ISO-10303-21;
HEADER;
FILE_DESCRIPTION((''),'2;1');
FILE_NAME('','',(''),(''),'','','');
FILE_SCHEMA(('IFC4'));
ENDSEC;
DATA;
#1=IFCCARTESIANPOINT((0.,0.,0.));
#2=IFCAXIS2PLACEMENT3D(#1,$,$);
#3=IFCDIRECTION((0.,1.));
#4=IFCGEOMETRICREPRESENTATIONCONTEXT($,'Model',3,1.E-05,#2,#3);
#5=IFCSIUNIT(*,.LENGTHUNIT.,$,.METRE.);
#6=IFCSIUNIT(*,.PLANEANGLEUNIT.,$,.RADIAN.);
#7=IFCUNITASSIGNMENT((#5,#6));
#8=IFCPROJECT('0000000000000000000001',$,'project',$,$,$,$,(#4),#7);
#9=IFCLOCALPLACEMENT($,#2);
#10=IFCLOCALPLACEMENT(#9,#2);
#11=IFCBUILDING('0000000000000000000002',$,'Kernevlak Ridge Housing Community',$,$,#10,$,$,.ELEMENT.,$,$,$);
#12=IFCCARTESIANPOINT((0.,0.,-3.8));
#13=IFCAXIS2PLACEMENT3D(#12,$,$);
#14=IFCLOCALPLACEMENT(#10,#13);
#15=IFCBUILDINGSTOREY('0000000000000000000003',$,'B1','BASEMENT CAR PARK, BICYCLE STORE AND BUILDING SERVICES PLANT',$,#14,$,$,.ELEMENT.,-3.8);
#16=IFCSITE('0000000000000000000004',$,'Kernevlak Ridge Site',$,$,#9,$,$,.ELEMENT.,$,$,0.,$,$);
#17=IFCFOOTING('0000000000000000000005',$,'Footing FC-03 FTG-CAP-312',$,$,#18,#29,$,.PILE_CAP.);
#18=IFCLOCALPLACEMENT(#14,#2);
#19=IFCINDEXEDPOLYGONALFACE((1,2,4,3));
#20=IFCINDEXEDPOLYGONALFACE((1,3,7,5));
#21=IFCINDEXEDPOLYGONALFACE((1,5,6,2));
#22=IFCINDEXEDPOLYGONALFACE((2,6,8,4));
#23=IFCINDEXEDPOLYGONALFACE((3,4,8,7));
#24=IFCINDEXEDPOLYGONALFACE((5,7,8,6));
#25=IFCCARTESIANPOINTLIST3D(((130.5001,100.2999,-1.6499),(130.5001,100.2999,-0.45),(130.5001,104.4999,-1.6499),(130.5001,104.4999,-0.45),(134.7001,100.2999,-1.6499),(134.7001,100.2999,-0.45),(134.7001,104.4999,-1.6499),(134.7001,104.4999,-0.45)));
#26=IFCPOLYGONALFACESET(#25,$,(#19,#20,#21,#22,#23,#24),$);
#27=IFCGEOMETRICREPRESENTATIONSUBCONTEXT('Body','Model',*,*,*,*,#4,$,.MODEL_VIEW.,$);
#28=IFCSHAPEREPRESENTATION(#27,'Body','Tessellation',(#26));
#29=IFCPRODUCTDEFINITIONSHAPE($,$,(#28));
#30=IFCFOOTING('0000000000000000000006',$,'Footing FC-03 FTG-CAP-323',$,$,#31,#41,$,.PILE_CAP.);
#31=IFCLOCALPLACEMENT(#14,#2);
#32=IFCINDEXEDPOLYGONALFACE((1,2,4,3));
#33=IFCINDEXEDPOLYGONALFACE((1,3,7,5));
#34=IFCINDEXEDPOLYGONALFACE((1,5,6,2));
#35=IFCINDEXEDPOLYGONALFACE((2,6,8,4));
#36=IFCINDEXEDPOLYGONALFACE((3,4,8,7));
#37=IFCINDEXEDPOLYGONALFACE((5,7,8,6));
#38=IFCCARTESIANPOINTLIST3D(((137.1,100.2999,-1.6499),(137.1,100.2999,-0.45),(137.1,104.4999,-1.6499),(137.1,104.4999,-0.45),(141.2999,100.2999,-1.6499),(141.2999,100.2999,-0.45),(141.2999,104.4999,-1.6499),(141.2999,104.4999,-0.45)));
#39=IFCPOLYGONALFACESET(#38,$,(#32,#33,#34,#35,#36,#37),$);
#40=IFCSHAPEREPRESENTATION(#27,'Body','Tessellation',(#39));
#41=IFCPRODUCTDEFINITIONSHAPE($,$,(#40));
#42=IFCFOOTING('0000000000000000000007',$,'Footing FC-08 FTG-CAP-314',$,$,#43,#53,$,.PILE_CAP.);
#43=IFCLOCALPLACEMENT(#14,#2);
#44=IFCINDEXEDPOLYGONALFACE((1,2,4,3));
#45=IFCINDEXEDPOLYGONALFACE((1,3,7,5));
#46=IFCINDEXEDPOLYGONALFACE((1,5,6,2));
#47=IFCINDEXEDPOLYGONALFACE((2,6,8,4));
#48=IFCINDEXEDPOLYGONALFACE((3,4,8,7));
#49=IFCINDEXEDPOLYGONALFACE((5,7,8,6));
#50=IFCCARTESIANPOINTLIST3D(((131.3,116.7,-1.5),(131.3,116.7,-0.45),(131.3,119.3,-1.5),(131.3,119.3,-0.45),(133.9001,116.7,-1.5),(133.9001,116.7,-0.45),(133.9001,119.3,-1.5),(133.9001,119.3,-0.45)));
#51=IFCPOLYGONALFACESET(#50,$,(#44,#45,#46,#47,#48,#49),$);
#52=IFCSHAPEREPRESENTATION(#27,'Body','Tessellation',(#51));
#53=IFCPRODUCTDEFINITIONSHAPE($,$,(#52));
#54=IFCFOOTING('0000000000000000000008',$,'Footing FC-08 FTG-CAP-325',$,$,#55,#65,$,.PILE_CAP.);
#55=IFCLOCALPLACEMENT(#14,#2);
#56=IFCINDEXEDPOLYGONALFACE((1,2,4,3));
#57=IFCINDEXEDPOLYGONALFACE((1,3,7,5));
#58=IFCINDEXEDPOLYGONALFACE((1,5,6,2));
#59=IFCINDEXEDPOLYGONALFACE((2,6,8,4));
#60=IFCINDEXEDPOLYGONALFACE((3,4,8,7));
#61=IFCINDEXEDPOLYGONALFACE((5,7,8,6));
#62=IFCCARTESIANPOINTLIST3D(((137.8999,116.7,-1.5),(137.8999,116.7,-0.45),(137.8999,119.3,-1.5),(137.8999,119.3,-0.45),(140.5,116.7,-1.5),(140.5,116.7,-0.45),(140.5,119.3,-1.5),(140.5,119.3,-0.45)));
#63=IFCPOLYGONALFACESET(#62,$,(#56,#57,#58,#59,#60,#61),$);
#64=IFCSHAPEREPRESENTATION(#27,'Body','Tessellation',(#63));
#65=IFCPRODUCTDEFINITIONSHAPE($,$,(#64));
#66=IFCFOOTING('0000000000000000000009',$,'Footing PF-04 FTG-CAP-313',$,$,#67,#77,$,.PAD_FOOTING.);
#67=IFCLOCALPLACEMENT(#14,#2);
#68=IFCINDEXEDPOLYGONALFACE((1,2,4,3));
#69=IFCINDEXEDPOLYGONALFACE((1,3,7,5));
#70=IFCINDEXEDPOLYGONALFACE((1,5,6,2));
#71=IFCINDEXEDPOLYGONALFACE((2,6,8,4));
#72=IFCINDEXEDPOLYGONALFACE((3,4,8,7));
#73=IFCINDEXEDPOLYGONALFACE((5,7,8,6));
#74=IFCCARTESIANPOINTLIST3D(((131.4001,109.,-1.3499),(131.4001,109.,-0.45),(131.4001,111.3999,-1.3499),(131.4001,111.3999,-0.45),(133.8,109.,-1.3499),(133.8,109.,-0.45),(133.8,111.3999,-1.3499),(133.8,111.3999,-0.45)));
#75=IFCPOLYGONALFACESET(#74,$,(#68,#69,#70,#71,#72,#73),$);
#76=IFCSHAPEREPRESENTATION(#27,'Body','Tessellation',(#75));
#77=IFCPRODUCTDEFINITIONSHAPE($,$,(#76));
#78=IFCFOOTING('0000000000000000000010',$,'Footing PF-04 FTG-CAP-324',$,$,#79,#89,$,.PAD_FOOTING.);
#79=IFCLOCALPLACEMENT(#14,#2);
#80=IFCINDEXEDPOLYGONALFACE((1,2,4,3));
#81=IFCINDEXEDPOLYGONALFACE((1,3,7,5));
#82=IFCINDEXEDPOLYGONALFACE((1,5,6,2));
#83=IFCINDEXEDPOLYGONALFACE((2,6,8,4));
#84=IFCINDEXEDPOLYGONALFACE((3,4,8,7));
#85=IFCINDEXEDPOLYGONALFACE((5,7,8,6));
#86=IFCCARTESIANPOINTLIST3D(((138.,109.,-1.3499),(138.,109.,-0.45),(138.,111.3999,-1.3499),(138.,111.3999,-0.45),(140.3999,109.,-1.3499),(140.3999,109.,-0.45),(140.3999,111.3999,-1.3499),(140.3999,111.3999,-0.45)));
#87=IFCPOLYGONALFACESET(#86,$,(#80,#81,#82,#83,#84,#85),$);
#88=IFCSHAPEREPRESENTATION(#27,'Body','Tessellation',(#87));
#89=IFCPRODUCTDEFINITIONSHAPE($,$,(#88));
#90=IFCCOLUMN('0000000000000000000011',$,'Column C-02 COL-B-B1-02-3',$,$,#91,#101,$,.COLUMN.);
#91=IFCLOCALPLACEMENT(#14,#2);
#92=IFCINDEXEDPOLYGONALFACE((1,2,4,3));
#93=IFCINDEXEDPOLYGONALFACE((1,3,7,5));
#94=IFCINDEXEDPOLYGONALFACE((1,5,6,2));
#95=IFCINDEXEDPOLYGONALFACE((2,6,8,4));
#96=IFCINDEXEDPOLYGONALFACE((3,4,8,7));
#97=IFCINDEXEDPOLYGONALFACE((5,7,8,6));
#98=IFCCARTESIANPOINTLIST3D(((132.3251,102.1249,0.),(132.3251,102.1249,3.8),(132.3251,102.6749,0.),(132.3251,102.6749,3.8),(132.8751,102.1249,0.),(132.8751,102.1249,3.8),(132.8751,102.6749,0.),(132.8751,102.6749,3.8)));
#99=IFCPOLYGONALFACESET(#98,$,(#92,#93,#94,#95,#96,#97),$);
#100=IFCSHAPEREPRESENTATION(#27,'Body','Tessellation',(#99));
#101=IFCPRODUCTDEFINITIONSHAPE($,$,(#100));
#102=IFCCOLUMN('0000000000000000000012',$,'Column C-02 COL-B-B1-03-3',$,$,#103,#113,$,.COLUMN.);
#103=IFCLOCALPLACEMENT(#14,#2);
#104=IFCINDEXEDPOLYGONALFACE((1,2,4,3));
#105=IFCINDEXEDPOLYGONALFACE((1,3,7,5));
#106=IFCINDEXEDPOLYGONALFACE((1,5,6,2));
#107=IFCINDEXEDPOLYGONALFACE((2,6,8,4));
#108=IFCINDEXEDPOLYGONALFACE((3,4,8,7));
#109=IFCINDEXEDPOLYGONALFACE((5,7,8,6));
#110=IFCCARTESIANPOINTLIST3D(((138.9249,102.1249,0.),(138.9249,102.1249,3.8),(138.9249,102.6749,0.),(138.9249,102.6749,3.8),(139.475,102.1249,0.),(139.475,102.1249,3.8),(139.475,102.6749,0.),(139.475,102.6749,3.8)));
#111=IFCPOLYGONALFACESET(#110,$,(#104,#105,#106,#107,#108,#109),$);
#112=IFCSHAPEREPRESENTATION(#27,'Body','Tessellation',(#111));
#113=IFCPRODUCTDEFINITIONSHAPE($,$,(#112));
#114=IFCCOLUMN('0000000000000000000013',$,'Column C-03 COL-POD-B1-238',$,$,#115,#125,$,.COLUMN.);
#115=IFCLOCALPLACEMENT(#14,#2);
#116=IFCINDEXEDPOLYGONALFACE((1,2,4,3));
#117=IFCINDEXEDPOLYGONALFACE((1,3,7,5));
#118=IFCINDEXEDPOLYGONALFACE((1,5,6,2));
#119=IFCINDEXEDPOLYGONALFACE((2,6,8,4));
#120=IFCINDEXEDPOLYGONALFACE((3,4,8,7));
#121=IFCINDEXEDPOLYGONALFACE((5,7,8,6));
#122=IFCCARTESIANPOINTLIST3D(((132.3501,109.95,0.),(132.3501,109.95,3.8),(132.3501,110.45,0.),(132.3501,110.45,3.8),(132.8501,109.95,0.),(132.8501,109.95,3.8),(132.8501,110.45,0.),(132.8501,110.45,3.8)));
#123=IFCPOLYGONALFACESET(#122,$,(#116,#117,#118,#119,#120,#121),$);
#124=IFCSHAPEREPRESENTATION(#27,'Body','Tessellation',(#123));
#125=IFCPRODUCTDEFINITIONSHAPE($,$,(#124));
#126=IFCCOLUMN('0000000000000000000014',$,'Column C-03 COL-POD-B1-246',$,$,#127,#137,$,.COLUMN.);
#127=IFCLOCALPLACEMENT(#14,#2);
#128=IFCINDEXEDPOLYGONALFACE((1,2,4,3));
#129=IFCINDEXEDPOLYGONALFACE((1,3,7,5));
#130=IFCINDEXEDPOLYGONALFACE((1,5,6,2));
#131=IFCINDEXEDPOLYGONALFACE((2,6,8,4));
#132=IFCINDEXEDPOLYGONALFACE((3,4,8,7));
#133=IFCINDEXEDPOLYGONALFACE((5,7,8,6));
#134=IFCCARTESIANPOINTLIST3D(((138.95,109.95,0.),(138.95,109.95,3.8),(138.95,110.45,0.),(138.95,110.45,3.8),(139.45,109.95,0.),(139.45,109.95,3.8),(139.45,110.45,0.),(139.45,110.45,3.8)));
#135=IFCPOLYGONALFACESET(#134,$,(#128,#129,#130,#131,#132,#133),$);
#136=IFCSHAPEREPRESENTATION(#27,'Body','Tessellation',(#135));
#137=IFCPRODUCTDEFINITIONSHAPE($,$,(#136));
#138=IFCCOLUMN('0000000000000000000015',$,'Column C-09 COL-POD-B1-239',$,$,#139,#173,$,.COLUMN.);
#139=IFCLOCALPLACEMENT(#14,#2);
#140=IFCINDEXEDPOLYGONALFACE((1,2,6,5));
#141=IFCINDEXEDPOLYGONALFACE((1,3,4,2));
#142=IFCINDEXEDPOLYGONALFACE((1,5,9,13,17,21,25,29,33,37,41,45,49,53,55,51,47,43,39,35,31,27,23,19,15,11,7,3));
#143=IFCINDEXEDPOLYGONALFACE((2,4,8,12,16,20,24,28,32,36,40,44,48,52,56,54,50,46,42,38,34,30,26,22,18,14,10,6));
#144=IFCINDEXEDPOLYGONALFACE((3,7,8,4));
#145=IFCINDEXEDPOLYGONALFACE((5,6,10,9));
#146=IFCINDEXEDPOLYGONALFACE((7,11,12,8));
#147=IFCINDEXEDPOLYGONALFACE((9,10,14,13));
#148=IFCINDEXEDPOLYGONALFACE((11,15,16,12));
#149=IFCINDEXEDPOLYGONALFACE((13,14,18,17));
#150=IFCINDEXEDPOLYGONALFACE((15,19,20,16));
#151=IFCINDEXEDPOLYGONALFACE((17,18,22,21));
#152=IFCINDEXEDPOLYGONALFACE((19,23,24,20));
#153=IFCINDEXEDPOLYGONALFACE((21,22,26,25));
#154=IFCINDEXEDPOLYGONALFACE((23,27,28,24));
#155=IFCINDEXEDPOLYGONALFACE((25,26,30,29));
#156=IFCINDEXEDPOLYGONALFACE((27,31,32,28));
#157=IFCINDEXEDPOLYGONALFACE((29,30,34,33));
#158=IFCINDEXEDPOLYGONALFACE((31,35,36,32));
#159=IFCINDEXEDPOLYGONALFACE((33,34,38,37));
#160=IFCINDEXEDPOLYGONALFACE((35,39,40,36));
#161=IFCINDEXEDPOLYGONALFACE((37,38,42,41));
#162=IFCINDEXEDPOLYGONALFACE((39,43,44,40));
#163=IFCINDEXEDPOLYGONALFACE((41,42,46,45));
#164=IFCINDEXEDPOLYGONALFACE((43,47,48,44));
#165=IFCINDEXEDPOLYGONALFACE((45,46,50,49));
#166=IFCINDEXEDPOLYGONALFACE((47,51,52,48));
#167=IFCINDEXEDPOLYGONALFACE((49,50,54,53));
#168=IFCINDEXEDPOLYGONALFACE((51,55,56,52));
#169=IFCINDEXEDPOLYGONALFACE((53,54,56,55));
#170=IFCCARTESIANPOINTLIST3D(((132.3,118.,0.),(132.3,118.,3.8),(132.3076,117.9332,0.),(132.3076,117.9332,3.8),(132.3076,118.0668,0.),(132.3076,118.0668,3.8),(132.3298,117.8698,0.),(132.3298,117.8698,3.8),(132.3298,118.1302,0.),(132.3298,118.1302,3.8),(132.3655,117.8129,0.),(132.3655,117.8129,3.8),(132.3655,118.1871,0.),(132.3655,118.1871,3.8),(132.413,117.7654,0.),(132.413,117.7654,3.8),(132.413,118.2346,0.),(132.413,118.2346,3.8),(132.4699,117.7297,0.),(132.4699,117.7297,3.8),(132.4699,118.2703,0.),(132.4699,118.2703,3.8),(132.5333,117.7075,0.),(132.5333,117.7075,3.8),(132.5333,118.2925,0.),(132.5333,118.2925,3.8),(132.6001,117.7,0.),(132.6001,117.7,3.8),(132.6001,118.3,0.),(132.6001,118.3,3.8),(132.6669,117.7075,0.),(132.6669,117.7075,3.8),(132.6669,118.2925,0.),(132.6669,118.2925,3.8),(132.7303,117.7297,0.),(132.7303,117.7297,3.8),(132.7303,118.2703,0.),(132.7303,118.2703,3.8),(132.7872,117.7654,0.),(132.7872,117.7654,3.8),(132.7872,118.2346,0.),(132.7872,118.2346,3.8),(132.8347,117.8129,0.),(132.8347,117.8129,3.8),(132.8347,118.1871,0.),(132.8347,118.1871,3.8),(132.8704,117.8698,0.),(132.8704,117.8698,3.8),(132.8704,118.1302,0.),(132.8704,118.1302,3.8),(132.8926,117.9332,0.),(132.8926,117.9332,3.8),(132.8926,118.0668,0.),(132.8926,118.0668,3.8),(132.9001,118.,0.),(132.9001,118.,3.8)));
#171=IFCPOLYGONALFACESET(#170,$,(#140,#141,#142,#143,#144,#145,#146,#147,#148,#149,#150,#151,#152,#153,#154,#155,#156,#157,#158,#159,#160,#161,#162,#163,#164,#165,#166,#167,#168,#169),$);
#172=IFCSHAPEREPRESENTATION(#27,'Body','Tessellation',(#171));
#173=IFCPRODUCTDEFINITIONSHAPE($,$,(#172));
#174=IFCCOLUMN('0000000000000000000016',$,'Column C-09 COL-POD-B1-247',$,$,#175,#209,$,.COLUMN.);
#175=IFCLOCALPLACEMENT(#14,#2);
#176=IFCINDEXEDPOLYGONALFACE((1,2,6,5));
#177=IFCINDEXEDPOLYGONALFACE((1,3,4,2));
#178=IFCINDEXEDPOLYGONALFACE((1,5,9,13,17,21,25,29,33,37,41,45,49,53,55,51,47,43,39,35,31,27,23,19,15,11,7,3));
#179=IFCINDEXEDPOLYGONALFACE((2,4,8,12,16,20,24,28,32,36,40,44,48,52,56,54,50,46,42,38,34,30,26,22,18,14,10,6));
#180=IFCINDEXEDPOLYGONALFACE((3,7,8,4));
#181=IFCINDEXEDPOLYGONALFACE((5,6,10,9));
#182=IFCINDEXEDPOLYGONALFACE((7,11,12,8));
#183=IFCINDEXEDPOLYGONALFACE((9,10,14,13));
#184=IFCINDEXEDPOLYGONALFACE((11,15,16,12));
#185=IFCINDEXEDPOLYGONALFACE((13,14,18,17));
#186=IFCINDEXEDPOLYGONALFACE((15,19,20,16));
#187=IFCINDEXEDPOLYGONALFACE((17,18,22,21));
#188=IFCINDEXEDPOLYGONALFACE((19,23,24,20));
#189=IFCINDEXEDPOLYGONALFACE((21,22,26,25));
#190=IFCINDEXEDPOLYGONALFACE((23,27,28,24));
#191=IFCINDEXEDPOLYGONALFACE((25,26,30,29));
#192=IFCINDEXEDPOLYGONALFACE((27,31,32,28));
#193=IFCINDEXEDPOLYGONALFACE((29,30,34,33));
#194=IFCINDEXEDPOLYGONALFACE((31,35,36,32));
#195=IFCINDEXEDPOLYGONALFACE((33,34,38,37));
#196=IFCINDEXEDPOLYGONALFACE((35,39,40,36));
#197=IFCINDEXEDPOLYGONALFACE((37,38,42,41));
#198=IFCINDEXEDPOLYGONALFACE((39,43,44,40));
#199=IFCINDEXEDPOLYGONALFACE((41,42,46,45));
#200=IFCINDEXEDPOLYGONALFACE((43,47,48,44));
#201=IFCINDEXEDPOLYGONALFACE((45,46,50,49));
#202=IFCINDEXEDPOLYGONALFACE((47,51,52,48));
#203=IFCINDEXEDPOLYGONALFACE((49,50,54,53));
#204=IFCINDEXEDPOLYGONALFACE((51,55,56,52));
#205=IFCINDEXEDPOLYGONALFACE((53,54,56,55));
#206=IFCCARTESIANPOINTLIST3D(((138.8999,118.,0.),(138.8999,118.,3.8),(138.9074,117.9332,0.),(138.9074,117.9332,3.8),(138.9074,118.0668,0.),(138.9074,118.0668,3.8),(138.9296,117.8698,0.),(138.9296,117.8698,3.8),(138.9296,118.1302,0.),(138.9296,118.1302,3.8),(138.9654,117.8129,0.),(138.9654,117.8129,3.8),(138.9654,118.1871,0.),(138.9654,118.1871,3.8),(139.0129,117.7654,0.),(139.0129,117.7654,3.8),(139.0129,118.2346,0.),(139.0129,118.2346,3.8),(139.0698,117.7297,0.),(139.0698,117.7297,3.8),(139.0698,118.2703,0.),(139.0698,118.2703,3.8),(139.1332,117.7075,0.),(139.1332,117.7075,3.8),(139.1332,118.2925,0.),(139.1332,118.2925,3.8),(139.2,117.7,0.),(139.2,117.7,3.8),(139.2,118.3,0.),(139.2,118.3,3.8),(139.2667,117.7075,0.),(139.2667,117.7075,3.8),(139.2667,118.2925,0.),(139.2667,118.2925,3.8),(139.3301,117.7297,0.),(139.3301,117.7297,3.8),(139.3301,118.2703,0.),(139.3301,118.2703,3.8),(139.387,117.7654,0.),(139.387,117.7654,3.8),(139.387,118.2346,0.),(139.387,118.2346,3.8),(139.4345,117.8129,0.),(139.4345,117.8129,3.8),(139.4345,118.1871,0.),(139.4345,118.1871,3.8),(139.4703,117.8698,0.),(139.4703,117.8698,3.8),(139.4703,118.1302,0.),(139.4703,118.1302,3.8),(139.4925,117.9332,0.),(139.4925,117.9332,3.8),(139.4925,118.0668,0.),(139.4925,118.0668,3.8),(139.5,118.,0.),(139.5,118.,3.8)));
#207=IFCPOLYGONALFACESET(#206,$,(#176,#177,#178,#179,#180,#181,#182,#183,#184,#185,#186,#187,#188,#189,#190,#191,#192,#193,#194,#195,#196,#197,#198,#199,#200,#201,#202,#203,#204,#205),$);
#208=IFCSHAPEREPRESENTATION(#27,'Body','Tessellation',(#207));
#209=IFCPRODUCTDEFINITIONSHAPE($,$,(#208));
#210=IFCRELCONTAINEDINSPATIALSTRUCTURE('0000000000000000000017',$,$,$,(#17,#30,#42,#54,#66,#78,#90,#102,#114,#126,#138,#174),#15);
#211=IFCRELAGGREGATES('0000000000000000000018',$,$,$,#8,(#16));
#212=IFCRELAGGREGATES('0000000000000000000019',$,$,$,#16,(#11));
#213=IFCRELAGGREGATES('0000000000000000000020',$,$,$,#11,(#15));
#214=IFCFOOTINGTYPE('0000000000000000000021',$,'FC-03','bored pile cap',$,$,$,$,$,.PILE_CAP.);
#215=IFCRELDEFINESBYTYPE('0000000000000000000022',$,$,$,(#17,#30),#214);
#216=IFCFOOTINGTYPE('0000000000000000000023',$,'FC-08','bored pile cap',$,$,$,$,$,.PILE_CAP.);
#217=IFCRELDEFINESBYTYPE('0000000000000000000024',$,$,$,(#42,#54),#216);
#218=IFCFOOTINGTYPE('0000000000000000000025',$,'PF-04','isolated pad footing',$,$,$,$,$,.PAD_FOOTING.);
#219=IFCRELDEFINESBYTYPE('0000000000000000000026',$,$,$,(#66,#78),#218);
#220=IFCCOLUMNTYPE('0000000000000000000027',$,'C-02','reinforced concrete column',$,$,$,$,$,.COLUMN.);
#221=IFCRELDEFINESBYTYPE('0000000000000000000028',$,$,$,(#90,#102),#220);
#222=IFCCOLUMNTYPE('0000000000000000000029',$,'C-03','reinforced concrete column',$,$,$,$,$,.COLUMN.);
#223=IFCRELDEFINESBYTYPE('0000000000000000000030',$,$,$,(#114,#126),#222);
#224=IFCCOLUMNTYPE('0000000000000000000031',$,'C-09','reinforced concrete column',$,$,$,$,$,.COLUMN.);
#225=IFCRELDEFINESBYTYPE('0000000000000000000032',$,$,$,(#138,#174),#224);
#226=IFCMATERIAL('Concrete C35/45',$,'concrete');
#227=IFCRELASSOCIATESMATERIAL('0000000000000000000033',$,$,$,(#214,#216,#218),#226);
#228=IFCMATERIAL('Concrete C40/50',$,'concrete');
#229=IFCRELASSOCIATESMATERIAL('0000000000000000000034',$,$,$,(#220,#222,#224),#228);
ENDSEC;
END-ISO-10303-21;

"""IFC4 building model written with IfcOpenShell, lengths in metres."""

from ifc_helpers import new_model, si_unit, direction, frame, origin, origin_2d, place, context, subcontext, project, spatial, rectangle, circle, extrude, material, material_profile, profile_set, type_object, element, save


model = new_model("IFC4")

# Units and contexts
model_context = context("Model", 3, precision=1e-05, world=origin(), true_north=direction((0.0, 1.0)))
body_context = subcontext(model_context, "Body", "Model", "MODEL_VIEW")
ifc_project = project(units=[si_unit("LENGTHUNIT", "METRE"), si_unit("PLANEANGLEUNIT", "RADIAN")], contexts=[model_context])

# Site, building, storey
site_placement = place(None, origin())
site = spatial("IfcSite", under=ifc_project, at=site_placement, Name="Kernevlak Ridge Site", CompositionType="ELEMENT", RefElevation=0.0)
building_placement = place(site_placement, origin())
building = spatial("IfcBuilding", under=site, at=building_placement, Name="Kernevlak Ridge Housing Community", CompositionType="ELEMENT")
storey_placement = place(building_placement, frame((0.0, 0.0, -3.8)))
storey = spatial("IfcBuildingStorey", under=building, at=storey_placement, Name="B1", Description="BASEMENT CAR PARK, BICYCLE STORE AND BUILDING SERVICES PLANT", CompositionType="ELEMENT", Elevation=-3.8)

# Shared definitions
ifc_material_1 = material(Name="Concrete C35/45", Category="concrete")

# Footings
footing_type_1 = type_object("IfcFootingType", Name="FC-03", Description="bored pile cap", PredefinedType="PILE_CAP", material=ifc_material_1)
for number, where, z_axis, x_axis, name in (
    (1, (132.6001, 102.3999, -1.6499), (0.0, 0.0, 1.0), (1.0, 0.0, 0.0), "Footing FC-03 FTG-CAP-312"),
    (2, (139.2, 102.3999, -1.6499), (0.0, 0.0, 1.0), (1.0, 0.0, 0.0), "Footing FC-03 FTG-CAP-323"),
):
    element("IfcFooting", number, at=place(storey_placement, frame(where, z_axis=z_axis, x_axis=x_axis)), inside=storey, type_object=footing_type_1, Name=name, PredefinedType="PILE_CAP", context=body_context, shape_type="SweptSolid", body=[
        extrude(rectangle(XDim=4.2, YDim=4.2, at=origin_2d()), origin(), (0.0, 0.0, 1.0), 1.2),
    ])
footing_type_2 = type_object("IfcFootingType", Name="FC-08", Description="bored pile cap", PredefinedType="PILE_CAP", material=ifc_material_1)
for number, where, z_axis, x_axis, name in (
    (3, (132.6001, 118.0, -1.5), (0.0, 0.0, 1.0), (1.0, 0.0, 0.0), "Footing FC-08 FTG-CAP-314"),
    (4, (139.2, 118.0, -1.5), (0.0, 0.0, 1.0), (1.0, 0.0, 0.0), "Footing FC-08 FTG-CAP-325"),
):
    element("IfcFooting", number, at=place(storey_placement, frame(where, z_axis=z_axis, x_axis=x_axis)), inside=storey, type_object=footing_type_2, Name=name, PredefinedType="PILE_CAP", context=body_context, shape_type="SweptSolid", body=[
        extrude(rectangle(XDim=2.6001, YDim=2.6001, at=origin_2d()), origin(), (0.0, 0.0, 1.0), 1.05),
    ])
footing_type_3 = type_object("IfcFootingType", Name="PF-04", Description="isolated pad footing", PredefinedType="PAD_FOOTING", material=ifc_material_1)
for number, where, z_axis, x_axis, name in (
    (5, (132.6001, 110.2, -1.3499), (0.0, 0.0, 1.0), (1.0, 0.0, 0.0), "Footing PF-04 FTG-CAP-313"),
    (6, (139.2, 110.2, -1.3499), (0.0, 0.0, 1.0), (1.0, 0.0, 0.0), "Footing PF-04 FTG-CAP-324"),
):
    element("IfcFooting", number, at=place(storey_placement, frame(where, z_axis=z_axis, x_axis=x_axis)), inside=storey, type_object=footing_type_3, Name=name, PredefinedType="PAD_FOOTING", context=body_context, shape_type="SweptSolid", body=[
        extrude(rectangle(XDim=2.3999, YDim=2.3999, at=origin_2d()), origin(), (0.0, 0.0, 1.0), 0.8999),
    ])

# Columns
ifc_material_2 = material(Name="Concrete C40/50", Category="concrete")
ifc_material_profile_1 = material_profile(ifc_material_2, rectangle(XDim=0.55, YDim=0.55, at=origin_2d()), Name="RC 550x550")
ifc_profile_set_1 = profile_set([ifc_material_profile_1], Name="Concrete C40/50")
column_type_1 = type_object("IfcColumnType", Name="C-02", Description="reinforced concrete column", PredefinedType="COLUMN", material=ifc_profile_set_1)
for number, where, z_axis, x_axis, name in (
    (7, (132.6001, 102.3999, 0.0), (0.0, 0.0, 1.0), (1.0, 0.0, 0.0), "Column C-02 COL-B-B1-02-3"),
    (8, (139.2, 102.3999, 0.0), (0.0, 0.0, 1.0), (1.0, 0.0, 0.0), "Column C-02 COL-B-B1-03-3"),
):
    element("IfcColumn", number, at=place(storey_placement, frame(where, z_axis=z_axis, x_axis=x_axis)), inside=storey, type_object=column_type_1, Name=name, PredefinedType="COLUMN", context=body_context, shape_type="SweptSolid", body=[
        extrude(rectangle(XDim=0.55, YDim=0.55, at=origin_2d()), origin(), (0.0, 0.0, 1.0), 3.8),
    ])
ifc_material_profile_2 = material_profile(ifc_material_2, rectangle(XDim=0.5, YDim=0.5, at=origin_2d()), Name="RC 500x500")
ifc_profile_set_2 = profile_set([ifc_material_profile_2], Name="Concrete C40/50")
column_type_2 = type_object("IfcColumnType", Name="C-03", Description="reinforced concrete column", PredefinedType="COLUMN", material=ifc_profile_set_2)
for number, where, z_axis, x_axis, name in (
    (9, (132.6001, 110.2, 0.0), (0.0, 0.0, 1.0), (1.0, 0.0, 0.0), "Column C-03 COL-POD-B1-238"),
    (10, (139.2, 110.2, 0.0), (0.0, 0.0, 1.0), (1.0, 0.0, 0.0), "Column C-03 COL-POD-B1-246"),
):
    element("IfcColumn", number, at=place(storey_placement, frame(where, z_axis=z_axis, x_axis=x_axis)), inside=storey, type_object=column_type_2, Name=name, PredefinedType="COLUMN", context=body_context, shape_type="SweptSolid", body=[
        extrude(rectangle(XDim=0.5, YDim=0.5, at=origin_2d()), origin(), (0.0, 0.0, 1.0), 3.8),
    ])
ifc_material_profile_3 = material_profile(ifc_material_2, circle(Radius=0.3, at=origin_2d()), Name="RC D600")
ifc_profile_set_3 = profile_set([ifc_material_profile_3], Name="Concrete C40/50")
column_type_3 = type_object("IfcColumnType", Name="C-09", Description="reinforced concrete column", PredefinedType="COLUMN", material=ifc_profile_set_3)
for number, where, z_axis, x_axis, name in (
    (11, (132.6001, 118.0, 0.0), (0.0, 0.0, 1.0), (1.0, 0.0, 0.0), "Column C-09 COL-POD-B1-239"),
    (12, (139.2, 118.0, 0.0), (0.0, 0.0, 1.0), (1.0, 0.0, 0.0), "Column C-09 COL-POD-B1-247"),
):
    element("IfcColumn", number, at=place(storey_placement, frame(where, z_axis=z_axis, x_axis=x_axis)), inside=storey, type_object=column_type_3, Name=name, PredefinedType="COLUMN", context=body_context, shape_type="SweptSolid", body=[
        extrude(circle(Radius=0.3, at=origin_2d()), origin(), (0.0, 0.0, 1.0), 3.8),
    ])

save(model, "model.ifc")
